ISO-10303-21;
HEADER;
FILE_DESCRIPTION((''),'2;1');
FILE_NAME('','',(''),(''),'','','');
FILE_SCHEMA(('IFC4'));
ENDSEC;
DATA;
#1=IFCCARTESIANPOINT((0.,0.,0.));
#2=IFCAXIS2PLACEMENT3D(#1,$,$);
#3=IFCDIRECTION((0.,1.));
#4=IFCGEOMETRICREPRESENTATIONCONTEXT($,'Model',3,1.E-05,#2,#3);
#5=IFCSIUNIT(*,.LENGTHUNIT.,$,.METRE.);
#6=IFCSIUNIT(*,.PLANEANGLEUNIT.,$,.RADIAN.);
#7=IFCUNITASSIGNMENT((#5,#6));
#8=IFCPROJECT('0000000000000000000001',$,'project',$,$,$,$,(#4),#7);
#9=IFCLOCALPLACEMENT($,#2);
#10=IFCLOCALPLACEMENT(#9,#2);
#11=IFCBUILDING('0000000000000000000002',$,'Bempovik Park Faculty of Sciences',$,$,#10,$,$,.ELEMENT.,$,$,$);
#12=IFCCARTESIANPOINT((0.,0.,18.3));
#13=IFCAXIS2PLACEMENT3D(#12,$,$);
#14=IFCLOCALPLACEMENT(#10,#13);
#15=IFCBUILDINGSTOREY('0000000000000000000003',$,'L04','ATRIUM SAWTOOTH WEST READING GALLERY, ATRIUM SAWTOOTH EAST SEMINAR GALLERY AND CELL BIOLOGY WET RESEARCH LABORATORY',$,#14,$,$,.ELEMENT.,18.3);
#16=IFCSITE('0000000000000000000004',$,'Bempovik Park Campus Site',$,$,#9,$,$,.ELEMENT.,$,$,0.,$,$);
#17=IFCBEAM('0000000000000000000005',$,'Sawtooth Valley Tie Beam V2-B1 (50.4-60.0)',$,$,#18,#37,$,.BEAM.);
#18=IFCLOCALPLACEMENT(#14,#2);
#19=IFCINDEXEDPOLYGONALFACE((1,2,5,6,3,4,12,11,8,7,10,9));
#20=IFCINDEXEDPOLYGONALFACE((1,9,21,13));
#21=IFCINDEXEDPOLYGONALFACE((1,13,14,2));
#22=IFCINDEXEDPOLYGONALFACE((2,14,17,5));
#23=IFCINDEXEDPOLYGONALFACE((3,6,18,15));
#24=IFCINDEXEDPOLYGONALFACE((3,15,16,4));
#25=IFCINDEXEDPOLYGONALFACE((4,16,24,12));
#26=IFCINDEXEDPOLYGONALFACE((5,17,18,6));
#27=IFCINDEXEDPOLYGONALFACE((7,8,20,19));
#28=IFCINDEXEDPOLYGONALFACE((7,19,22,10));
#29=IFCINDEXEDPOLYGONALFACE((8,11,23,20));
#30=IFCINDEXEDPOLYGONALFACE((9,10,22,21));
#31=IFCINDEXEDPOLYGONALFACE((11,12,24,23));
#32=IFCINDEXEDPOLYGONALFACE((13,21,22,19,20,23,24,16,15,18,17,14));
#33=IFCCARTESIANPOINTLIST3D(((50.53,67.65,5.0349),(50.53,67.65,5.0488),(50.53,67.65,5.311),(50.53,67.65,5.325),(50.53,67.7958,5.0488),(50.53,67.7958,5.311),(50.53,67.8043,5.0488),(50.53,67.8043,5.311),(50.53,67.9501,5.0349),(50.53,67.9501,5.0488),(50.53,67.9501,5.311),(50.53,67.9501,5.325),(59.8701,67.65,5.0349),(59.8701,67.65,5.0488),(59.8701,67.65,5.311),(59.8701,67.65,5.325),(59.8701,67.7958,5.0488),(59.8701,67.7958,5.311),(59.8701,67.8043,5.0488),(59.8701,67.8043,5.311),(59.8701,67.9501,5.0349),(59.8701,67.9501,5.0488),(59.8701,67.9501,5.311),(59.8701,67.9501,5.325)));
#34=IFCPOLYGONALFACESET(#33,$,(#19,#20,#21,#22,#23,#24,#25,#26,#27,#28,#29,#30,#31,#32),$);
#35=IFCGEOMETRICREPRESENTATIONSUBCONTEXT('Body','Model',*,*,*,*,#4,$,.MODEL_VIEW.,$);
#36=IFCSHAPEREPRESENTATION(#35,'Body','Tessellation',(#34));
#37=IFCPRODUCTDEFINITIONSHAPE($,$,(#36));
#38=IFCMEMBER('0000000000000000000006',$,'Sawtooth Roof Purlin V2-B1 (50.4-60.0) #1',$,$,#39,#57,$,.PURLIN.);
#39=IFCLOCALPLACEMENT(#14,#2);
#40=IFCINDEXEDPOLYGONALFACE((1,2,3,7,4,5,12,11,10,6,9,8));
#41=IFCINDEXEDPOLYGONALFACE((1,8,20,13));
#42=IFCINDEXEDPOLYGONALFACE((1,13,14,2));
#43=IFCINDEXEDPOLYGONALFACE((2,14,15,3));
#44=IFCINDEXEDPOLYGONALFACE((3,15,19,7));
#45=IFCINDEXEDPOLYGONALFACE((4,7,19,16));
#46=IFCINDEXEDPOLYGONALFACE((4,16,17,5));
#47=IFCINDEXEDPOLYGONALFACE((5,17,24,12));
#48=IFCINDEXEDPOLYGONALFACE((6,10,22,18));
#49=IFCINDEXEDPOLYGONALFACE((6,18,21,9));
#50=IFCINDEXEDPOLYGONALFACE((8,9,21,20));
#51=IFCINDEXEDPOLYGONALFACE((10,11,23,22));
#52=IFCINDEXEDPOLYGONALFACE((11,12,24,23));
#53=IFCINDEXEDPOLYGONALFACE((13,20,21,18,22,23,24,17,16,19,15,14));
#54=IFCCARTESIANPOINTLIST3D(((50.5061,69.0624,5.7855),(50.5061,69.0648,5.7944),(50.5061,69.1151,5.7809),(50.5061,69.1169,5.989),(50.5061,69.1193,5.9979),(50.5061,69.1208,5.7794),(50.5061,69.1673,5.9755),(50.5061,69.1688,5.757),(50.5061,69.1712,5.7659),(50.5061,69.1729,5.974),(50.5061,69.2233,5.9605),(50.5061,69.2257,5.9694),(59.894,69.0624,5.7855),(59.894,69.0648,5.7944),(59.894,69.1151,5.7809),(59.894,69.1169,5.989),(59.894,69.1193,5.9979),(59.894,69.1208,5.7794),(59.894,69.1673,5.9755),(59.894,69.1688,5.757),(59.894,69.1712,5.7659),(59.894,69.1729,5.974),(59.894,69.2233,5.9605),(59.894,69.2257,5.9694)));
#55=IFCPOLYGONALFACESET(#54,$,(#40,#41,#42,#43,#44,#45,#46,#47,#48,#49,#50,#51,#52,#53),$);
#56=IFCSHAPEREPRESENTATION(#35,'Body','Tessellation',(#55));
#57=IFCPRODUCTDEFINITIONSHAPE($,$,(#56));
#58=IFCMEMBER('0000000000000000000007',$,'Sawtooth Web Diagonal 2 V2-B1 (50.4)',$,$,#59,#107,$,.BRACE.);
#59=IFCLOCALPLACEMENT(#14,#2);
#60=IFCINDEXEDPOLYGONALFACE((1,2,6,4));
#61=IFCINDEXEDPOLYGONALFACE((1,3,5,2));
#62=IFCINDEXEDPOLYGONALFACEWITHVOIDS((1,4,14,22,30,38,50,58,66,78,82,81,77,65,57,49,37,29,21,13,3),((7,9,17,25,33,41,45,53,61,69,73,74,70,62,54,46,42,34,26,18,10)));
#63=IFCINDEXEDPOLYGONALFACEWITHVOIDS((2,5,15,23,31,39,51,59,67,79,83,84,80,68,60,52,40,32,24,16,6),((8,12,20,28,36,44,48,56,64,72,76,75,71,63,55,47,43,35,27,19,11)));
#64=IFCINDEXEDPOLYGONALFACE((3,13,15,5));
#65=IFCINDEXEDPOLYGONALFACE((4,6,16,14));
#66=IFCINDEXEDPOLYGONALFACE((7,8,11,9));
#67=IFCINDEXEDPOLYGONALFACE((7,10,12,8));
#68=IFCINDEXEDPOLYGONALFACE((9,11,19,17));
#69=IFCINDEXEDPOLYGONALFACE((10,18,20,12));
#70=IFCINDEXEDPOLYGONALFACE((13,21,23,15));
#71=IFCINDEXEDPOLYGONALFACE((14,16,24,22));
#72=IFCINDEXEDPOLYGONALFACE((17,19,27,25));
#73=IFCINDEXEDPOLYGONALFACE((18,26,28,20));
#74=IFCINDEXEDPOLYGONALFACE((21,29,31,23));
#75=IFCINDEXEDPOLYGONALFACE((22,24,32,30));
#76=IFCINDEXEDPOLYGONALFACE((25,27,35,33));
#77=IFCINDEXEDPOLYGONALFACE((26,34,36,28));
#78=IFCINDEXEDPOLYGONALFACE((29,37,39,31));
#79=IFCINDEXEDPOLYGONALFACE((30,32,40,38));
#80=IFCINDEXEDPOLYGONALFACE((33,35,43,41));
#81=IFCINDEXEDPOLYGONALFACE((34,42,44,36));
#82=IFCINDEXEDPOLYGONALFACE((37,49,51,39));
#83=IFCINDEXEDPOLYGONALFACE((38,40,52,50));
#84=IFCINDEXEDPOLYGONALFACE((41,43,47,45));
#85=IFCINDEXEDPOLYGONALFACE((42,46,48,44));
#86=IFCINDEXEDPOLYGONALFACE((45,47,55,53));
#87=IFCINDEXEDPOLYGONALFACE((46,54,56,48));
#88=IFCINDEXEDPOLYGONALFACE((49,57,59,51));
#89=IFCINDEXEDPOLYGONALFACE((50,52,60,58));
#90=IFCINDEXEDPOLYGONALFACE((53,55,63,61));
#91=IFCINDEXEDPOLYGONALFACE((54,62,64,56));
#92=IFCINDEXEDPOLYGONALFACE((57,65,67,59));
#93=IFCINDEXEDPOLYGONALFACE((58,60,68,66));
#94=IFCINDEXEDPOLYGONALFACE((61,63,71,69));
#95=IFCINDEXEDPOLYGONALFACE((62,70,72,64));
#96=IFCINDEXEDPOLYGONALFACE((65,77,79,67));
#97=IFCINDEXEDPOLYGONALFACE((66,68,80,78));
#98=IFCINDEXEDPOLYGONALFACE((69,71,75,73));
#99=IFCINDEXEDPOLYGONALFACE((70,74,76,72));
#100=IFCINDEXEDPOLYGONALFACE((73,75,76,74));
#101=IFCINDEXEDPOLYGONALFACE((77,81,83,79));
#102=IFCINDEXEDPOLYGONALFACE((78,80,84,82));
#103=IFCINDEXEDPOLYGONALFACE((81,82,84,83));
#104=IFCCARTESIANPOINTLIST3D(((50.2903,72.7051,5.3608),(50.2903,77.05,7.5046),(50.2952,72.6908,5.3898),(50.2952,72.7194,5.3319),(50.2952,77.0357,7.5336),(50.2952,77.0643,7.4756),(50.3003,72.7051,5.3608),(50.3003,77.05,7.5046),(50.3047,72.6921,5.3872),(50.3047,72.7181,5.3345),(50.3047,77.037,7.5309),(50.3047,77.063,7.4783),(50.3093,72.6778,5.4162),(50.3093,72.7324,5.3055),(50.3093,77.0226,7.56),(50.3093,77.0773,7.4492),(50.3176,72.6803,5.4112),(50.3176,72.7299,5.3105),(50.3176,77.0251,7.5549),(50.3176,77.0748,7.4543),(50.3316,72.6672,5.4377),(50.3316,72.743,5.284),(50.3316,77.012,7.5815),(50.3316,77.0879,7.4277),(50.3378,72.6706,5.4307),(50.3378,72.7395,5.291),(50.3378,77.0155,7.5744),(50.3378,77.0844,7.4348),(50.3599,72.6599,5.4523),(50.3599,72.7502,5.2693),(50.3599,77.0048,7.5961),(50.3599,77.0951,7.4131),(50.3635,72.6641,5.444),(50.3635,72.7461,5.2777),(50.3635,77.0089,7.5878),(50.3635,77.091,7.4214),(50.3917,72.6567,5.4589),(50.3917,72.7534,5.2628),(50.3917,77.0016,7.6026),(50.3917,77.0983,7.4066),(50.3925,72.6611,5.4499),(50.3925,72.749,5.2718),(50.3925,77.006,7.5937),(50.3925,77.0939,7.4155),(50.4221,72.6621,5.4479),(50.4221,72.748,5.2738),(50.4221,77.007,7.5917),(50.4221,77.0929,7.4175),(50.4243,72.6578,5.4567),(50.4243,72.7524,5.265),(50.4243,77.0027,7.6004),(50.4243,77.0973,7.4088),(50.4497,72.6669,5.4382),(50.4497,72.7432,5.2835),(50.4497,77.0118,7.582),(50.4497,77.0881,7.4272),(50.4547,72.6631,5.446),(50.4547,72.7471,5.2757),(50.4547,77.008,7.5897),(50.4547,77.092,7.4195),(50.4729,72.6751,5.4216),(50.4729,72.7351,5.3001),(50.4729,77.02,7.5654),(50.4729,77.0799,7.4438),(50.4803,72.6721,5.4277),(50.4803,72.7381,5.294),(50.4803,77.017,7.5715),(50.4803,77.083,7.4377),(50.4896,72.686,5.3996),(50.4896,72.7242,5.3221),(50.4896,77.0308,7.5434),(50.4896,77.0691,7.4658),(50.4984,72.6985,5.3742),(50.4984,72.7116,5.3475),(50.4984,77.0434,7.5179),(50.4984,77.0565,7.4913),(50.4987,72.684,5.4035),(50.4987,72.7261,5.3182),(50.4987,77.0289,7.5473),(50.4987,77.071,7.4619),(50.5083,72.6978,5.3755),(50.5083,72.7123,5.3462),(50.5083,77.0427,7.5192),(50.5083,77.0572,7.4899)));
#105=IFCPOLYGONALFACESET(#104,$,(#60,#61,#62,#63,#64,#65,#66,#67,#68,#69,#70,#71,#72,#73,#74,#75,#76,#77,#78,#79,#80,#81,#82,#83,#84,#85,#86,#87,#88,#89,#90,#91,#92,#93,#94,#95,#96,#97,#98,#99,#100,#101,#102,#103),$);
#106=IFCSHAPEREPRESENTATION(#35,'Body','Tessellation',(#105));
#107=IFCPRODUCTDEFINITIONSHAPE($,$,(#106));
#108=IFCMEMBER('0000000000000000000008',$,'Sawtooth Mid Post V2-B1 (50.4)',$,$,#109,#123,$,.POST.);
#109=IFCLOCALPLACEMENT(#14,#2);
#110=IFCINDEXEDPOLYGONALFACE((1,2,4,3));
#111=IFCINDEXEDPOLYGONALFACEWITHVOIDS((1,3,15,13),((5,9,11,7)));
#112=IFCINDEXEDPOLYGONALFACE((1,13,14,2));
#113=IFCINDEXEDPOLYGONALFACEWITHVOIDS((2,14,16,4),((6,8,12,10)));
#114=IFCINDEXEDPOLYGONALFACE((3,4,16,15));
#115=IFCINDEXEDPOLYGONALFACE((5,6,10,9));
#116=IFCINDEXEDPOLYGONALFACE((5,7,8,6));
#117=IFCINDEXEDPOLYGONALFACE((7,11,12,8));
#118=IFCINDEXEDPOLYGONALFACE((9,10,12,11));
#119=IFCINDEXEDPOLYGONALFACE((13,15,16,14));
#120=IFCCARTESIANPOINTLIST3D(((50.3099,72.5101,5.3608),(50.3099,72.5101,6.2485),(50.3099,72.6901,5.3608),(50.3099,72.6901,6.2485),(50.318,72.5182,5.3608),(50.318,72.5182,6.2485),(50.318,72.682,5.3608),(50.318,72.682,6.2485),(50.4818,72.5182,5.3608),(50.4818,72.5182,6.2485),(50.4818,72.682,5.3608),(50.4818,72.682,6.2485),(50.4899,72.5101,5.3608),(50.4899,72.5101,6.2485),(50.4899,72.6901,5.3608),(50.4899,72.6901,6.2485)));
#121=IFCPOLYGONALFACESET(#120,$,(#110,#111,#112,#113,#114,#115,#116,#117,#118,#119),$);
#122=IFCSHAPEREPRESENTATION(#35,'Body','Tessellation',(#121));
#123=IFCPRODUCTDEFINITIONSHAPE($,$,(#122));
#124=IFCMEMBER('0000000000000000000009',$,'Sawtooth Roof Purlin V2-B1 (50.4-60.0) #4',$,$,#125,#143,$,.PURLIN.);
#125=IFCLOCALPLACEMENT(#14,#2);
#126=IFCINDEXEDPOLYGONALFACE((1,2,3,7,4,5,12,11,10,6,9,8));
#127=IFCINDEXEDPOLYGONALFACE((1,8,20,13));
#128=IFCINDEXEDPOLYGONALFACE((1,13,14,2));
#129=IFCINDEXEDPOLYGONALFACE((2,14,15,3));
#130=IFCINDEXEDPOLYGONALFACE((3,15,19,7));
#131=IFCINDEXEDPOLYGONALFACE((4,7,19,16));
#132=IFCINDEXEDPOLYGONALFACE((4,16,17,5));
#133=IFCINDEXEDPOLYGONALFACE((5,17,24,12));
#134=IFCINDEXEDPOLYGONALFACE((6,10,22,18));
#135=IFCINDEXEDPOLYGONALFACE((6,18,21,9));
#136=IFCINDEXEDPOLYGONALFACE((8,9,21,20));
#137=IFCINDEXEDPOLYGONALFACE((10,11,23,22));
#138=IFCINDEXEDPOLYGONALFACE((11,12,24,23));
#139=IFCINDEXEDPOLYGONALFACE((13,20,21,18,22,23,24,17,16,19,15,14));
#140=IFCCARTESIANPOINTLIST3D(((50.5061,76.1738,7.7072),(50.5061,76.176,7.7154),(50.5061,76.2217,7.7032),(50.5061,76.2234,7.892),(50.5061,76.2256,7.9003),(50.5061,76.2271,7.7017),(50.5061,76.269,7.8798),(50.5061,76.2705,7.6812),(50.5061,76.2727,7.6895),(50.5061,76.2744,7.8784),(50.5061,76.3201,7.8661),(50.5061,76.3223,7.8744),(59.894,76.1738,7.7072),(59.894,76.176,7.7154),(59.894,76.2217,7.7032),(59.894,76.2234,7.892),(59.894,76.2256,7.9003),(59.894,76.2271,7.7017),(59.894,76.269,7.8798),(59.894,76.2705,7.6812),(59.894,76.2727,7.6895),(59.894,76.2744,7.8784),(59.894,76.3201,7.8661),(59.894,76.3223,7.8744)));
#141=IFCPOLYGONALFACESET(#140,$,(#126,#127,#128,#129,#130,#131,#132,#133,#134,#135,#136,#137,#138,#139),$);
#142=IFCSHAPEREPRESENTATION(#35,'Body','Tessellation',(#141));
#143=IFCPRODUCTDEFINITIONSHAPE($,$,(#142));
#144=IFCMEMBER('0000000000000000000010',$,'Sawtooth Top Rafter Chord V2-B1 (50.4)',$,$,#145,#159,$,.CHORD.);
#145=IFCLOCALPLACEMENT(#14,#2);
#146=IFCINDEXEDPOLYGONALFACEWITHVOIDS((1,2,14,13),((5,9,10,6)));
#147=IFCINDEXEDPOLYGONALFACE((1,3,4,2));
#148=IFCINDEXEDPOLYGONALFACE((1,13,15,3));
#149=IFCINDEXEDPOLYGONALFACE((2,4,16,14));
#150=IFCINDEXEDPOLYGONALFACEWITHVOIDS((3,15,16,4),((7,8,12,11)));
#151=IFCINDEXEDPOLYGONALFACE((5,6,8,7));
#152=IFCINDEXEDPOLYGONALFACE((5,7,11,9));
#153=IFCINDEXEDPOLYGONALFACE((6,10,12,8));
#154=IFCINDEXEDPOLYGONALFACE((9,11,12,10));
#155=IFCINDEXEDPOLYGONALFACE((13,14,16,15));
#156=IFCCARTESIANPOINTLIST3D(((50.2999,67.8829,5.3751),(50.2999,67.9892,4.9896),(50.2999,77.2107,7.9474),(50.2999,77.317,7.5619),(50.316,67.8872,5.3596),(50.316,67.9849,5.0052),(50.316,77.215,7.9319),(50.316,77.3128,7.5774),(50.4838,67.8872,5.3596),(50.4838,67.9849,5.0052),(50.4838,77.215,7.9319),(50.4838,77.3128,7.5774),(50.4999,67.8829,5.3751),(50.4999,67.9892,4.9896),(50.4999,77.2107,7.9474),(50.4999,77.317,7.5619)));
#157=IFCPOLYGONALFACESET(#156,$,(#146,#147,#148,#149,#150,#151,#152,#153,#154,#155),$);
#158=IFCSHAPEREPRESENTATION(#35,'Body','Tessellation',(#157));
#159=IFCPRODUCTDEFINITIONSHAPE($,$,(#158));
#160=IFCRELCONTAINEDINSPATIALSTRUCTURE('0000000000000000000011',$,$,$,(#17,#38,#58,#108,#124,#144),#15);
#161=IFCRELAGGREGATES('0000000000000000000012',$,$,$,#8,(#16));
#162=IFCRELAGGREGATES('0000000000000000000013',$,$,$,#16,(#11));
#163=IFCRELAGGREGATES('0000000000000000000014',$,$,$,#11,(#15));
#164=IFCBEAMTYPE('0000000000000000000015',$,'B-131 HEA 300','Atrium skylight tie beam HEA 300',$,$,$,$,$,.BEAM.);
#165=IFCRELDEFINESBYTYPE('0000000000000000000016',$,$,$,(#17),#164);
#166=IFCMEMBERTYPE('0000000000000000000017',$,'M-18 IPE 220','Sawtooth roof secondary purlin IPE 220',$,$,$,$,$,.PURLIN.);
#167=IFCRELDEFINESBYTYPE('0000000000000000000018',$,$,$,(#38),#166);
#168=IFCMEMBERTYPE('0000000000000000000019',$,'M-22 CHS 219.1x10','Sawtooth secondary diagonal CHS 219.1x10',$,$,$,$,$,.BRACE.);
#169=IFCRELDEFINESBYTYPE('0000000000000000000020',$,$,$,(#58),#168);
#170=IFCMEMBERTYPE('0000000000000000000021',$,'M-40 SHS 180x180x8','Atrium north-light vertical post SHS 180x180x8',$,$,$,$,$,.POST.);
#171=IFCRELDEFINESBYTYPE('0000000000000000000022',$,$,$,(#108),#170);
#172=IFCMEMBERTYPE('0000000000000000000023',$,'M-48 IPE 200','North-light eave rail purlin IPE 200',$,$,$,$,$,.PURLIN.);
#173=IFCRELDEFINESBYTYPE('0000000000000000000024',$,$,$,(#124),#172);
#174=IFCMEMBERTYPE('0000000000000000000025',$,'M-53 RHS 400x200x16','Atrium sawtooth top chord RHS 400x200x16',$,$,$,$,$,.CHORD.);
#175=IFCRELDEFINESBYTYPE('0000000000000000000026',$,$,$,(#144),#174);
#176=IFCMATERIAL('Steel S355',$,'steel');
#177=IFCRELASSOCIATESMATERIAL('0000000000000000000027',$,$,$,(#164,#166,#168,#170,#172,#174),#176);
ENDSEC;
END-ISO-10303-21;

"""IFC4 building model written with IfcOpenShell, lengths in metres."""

from ifc_helpers import new_model, si_unit, direction, frame, origin, origin_2d, place, context, subcontext, project, spatial, hollow_rectangle, hollow_circle, i_section, extrude, material, material_profile, profile_set, type_object, element, save


model = new_model("IFC4")

# Units and contexts
model_context = context("Model", 3, precision=1e-05, world=origin(), true_north=direction((0.0, 1.0)))
body_context = subcontext(model_context, "Body", "Model", "MODEL_VIEW")
ifc_project = project(units=[si_unit("LENGTHUNIT", "METRE"), si_unit("PLANEANGLEUNIT", "RADIAN")], contexts=[model_context])

# Site, building, storey
site_placement = place(None, origin())
site = spatial("IfcSite", under=ifc_project, at=site_placement, Name="Bempovik Park Campus Site", CompositionType="ELEMENT", RefElevation=0.0)
building_placement = place(site_placement, origin())
building = spatial("IfcBuilding", under=site, at=building_placement, Name="Bempovik Park Faculty of Sciences", CompositionType="ELEMENT")
storey_placement = place(building_placement, frame((0.0, 0.0, 18.3)))
storey = spatial("IfcBuildingStorey", under=building, at=storey_placement, Name="L04", Description="ATRIUM SAWTOOTH WEST READING GALLERY, ATRIUM SAWTOOTH EAST SEMINAR GALLERY AND CELL BIOLOGY WET RESEARCH LABORATORY", CompositionType="ELEMENT", Elevation=18.3)

# Beam
ifc_material_1 = material(Name="Steel S355", Category="steel")
ifc_material_profile_1 = material_profile(ifc_material_1, i_section(OverallWidth=0.3, OverallDepth=0.29, WebThickness=0.0085, FlangeThickness=0.0139, at=origin_2d()), Name="HEA 300")
ifc_profile_set_1 = profile_set([ifc_material_profile_1], Name="Steel S355")
beam_type = type_object("IfcBeamType", Name="B-131 HEA 300", Description="Atrium skylight tie beam HEA 300", PredefinedType="BEAM", material=ifc_profile_set_1)
beam_placement = place(storey_placement, frame((50.53, 67.8, 5.1799), z_axis=(1.0, 0.0, 0.0), x_axis=(0.0, 1.0, 0.0)))
element("IfcBeam", 1, at=beam_placement, inside=storey, type_object=beam_type, Name="Sawtooth Valley Tie Beam V2-B1 (50.4-60.0)", PredefinedType="BEAM", context=body_context, shape_type="SweptSolid", body=[
    extrude(i_section(OverallWidth=0.3, OverallDepth=0.29, WebThickness=0.0085, FlangeThickness=0.0139, at=origin_2d()), origin(), (0.0, 0.0, 1.0), 9.3401),
])

# Members
ifc_material_profile_2 = material_profile(ifc_material_1, i_section(OverallWidth=0.1101, OverallDepth=0.22, WebThickness=0.0059, FlangeThickness=0.0093, at=origin_2d()), Name="IPE 220")
ifc_profile_set_2 = profile_set([ifc_material_profile_2], Name="Steel S355")
member_type_1 = type_object("IfcMemberType", Name="M-18 IPE 220", Description="Sawtooth roof secondary purlin IPE 220", PredefinedType="PURLIN", material=ifc_profile_set_2)
member_1_placement = place(storey_placement, frame((50.5061, 69.144, 5.8774), z_axis=(1.0, 0.0, 0.0), x_axis=(0.0, 0.965926, -0.258819)))
element("IfcMember", 2, at=member_1_placement, inside=storey, type_object=member_type_1, Name="Sawtooth Roof Purlin V2-B1 (50.4-60.0) #1", PredefinedType="PURLIN", context=body_context, shape_type="SweptSolid", body=[
    extrude(i_section(OverallWidth=0.1101, OverallDepth=0.22, WebThickness=0.0059, FlangeThickness=0.0093, at=origin_2d()), origin(), (0.0, 0.0, 1.0), 9.3879),
])
ifc_material_profile_3 = material_profile(ifc_material_1, hollow_circle(Radius=0.1096, WallThickness=0.01, at=origin_2d()), Name="CHS 219.1x10")
ifc_profile_set_3 = profile_set([ifc_material_profile_3], Name="Steel S355")
member_type_2 = type_object("IfcMemberType", Name="M-22 CHS 219.1x10", Description="Sawtooth secondary diagonal CHS 219.1x10", PredefinedType="BRACE", material=ifc_profile_set_3)
member_2_placement = place(storey_placement, frame((50.3999, 72.7051, 5.3608), z_axis=(0.0, 0.896783, 0.442471), x_axis=(-1.0, 0.0, 0.0)))
element("IfcMember", 3, at=member_2_placement, inside=storey, type_object=member_type_2, Name="Sawtooth Web Diagonal 2 V2-B1 (50.4)", PredefinedType="BRACE", context=body_context, shape_type="SweptSolid", body=[
    extrude(hollow_circle(Radius=0.1096, WallThickness=0.01, at=origin_2d()), origin(), (0.0, 0.0, 1.0), 4.845),
])
ifc_material_profile_4 = material_profile(ifc_material_1, hollow_rectangle(XDim=0.1799, YDim=0.1799, WallThickness=0.0081, at=origin_2d()), Name="SHS 180x180x8")
ifc_profile_set_4 = profile_set([ifc_material_profile_4], Name="Steel S355")
member_type_3 = type_object("IfcMemberType", Name="M-40 SHS 180x180x8", Description="Atrium north-light vertical post SHS 180x180x8", PredefinedType="POST", material=ifc_profile_set_4)
member_3_placement = place(storey_placement, frame((50.3999, 72.6001, 5.3608), z_axis=(0.0, 0.0, 1.0), x_axis=(1.0, 0.0, 0.0)))
element("IfcMember", 4, at=member_3_placement, inside=storey, type_object=member_type_3, Name="Sawtooth Mid Post V2-B1 (50.4)", PredefinedType="POST", context=body_context, shape_type="SweptSolid", body=[
    extrude(hollow_rectangle(XDim=0.1799, YDim=0.1799, WallThickness=0.0081, at=origin_2d()), origin(), (0.0, 0.0, 1.0), 0.8877),
])
ifc_material_profile_5 = material_profile(ifc_material_1, i_section(OverallWidth=0.1001, OverallDepth=0.2, WebThickness=0.0056, FlangeThickness=0.0085, at=origin_2d()), Name="IPE 200")
ifc_profile_set_5 = profile_set([ifc_material_profile_5], Name="Steel S355")
member_type_4 = type_object("IfcMemberType", Name="M-48 IPE 200", Description="North-light eave rail purlin IPE 200", PredefinedType="PURLIN", material=ifc_profile_set_5)
member_4_placement = place(storey_placement, frame((50.5061, 76.248, 7.7908), z_axis=(1.0, 0.0, 0.0), x_axis=(0.0, 0.965926, -0.258819)))
element("IfcMember", 5, at=member_4_placement, inside=storey, type_object=member_type_4, Name="Sawtooth Roof Purlin V2-B1 (50.4-60.0) #4", PredefinedType="PURLIN", context=body_context, shape_type="SweptSolid", body=[
    extrude(i_section(OverallWidth=0.1001, OverallDepth=0.2, WebThickness=0.0056, FlangeThickness=0.0085, at=origin_2d()), origin(), (0.0, 0.0, 1.0), 9.3879),
])
ifc_material_profile_6 = material_profile(ifc_material_1, hollow_rectangle(XDim=0.2, YDim=0.3999, WallThickness=0.0161, at=origin_2d()), Name="RHS 400x200x16")
ifc_profile_set_6 = profile_set([ifc_material_profile_6], Name="Steel S355")
member_type_5 = type_object("IfcMemberType", Name="M-53 RHS 400x200x16", Description="Atrium sawtooth top chord RHS 400x200x16", PredefinedType="CHORD", material=ifc_profile_set_6)
member_5_placement = place(storey_placement, frame((50.3999, 67.936, 5.1824), z_axis=(0.0, 0.964018, 0.265838), x_axis=(-1.0, 0.0, 0.0)))
element("IfcMember", 6, at=member_5_placement, inside=storey, type_object=member_type_5, Name="Sawtooth Top Rafter Chord V2-B1 (50.4)", PredefinedType="CHORD", context=body_context, shape_type="SweptSolid", body=[
    extrude(hollow_rectangle(XDim=0.2, YDim=0.3999, WallThickness=0.0161, at=origin_2d()), origin(), (0.0, 0.0, 1.0), 9.676),
])

save(model, "model.ifc")
